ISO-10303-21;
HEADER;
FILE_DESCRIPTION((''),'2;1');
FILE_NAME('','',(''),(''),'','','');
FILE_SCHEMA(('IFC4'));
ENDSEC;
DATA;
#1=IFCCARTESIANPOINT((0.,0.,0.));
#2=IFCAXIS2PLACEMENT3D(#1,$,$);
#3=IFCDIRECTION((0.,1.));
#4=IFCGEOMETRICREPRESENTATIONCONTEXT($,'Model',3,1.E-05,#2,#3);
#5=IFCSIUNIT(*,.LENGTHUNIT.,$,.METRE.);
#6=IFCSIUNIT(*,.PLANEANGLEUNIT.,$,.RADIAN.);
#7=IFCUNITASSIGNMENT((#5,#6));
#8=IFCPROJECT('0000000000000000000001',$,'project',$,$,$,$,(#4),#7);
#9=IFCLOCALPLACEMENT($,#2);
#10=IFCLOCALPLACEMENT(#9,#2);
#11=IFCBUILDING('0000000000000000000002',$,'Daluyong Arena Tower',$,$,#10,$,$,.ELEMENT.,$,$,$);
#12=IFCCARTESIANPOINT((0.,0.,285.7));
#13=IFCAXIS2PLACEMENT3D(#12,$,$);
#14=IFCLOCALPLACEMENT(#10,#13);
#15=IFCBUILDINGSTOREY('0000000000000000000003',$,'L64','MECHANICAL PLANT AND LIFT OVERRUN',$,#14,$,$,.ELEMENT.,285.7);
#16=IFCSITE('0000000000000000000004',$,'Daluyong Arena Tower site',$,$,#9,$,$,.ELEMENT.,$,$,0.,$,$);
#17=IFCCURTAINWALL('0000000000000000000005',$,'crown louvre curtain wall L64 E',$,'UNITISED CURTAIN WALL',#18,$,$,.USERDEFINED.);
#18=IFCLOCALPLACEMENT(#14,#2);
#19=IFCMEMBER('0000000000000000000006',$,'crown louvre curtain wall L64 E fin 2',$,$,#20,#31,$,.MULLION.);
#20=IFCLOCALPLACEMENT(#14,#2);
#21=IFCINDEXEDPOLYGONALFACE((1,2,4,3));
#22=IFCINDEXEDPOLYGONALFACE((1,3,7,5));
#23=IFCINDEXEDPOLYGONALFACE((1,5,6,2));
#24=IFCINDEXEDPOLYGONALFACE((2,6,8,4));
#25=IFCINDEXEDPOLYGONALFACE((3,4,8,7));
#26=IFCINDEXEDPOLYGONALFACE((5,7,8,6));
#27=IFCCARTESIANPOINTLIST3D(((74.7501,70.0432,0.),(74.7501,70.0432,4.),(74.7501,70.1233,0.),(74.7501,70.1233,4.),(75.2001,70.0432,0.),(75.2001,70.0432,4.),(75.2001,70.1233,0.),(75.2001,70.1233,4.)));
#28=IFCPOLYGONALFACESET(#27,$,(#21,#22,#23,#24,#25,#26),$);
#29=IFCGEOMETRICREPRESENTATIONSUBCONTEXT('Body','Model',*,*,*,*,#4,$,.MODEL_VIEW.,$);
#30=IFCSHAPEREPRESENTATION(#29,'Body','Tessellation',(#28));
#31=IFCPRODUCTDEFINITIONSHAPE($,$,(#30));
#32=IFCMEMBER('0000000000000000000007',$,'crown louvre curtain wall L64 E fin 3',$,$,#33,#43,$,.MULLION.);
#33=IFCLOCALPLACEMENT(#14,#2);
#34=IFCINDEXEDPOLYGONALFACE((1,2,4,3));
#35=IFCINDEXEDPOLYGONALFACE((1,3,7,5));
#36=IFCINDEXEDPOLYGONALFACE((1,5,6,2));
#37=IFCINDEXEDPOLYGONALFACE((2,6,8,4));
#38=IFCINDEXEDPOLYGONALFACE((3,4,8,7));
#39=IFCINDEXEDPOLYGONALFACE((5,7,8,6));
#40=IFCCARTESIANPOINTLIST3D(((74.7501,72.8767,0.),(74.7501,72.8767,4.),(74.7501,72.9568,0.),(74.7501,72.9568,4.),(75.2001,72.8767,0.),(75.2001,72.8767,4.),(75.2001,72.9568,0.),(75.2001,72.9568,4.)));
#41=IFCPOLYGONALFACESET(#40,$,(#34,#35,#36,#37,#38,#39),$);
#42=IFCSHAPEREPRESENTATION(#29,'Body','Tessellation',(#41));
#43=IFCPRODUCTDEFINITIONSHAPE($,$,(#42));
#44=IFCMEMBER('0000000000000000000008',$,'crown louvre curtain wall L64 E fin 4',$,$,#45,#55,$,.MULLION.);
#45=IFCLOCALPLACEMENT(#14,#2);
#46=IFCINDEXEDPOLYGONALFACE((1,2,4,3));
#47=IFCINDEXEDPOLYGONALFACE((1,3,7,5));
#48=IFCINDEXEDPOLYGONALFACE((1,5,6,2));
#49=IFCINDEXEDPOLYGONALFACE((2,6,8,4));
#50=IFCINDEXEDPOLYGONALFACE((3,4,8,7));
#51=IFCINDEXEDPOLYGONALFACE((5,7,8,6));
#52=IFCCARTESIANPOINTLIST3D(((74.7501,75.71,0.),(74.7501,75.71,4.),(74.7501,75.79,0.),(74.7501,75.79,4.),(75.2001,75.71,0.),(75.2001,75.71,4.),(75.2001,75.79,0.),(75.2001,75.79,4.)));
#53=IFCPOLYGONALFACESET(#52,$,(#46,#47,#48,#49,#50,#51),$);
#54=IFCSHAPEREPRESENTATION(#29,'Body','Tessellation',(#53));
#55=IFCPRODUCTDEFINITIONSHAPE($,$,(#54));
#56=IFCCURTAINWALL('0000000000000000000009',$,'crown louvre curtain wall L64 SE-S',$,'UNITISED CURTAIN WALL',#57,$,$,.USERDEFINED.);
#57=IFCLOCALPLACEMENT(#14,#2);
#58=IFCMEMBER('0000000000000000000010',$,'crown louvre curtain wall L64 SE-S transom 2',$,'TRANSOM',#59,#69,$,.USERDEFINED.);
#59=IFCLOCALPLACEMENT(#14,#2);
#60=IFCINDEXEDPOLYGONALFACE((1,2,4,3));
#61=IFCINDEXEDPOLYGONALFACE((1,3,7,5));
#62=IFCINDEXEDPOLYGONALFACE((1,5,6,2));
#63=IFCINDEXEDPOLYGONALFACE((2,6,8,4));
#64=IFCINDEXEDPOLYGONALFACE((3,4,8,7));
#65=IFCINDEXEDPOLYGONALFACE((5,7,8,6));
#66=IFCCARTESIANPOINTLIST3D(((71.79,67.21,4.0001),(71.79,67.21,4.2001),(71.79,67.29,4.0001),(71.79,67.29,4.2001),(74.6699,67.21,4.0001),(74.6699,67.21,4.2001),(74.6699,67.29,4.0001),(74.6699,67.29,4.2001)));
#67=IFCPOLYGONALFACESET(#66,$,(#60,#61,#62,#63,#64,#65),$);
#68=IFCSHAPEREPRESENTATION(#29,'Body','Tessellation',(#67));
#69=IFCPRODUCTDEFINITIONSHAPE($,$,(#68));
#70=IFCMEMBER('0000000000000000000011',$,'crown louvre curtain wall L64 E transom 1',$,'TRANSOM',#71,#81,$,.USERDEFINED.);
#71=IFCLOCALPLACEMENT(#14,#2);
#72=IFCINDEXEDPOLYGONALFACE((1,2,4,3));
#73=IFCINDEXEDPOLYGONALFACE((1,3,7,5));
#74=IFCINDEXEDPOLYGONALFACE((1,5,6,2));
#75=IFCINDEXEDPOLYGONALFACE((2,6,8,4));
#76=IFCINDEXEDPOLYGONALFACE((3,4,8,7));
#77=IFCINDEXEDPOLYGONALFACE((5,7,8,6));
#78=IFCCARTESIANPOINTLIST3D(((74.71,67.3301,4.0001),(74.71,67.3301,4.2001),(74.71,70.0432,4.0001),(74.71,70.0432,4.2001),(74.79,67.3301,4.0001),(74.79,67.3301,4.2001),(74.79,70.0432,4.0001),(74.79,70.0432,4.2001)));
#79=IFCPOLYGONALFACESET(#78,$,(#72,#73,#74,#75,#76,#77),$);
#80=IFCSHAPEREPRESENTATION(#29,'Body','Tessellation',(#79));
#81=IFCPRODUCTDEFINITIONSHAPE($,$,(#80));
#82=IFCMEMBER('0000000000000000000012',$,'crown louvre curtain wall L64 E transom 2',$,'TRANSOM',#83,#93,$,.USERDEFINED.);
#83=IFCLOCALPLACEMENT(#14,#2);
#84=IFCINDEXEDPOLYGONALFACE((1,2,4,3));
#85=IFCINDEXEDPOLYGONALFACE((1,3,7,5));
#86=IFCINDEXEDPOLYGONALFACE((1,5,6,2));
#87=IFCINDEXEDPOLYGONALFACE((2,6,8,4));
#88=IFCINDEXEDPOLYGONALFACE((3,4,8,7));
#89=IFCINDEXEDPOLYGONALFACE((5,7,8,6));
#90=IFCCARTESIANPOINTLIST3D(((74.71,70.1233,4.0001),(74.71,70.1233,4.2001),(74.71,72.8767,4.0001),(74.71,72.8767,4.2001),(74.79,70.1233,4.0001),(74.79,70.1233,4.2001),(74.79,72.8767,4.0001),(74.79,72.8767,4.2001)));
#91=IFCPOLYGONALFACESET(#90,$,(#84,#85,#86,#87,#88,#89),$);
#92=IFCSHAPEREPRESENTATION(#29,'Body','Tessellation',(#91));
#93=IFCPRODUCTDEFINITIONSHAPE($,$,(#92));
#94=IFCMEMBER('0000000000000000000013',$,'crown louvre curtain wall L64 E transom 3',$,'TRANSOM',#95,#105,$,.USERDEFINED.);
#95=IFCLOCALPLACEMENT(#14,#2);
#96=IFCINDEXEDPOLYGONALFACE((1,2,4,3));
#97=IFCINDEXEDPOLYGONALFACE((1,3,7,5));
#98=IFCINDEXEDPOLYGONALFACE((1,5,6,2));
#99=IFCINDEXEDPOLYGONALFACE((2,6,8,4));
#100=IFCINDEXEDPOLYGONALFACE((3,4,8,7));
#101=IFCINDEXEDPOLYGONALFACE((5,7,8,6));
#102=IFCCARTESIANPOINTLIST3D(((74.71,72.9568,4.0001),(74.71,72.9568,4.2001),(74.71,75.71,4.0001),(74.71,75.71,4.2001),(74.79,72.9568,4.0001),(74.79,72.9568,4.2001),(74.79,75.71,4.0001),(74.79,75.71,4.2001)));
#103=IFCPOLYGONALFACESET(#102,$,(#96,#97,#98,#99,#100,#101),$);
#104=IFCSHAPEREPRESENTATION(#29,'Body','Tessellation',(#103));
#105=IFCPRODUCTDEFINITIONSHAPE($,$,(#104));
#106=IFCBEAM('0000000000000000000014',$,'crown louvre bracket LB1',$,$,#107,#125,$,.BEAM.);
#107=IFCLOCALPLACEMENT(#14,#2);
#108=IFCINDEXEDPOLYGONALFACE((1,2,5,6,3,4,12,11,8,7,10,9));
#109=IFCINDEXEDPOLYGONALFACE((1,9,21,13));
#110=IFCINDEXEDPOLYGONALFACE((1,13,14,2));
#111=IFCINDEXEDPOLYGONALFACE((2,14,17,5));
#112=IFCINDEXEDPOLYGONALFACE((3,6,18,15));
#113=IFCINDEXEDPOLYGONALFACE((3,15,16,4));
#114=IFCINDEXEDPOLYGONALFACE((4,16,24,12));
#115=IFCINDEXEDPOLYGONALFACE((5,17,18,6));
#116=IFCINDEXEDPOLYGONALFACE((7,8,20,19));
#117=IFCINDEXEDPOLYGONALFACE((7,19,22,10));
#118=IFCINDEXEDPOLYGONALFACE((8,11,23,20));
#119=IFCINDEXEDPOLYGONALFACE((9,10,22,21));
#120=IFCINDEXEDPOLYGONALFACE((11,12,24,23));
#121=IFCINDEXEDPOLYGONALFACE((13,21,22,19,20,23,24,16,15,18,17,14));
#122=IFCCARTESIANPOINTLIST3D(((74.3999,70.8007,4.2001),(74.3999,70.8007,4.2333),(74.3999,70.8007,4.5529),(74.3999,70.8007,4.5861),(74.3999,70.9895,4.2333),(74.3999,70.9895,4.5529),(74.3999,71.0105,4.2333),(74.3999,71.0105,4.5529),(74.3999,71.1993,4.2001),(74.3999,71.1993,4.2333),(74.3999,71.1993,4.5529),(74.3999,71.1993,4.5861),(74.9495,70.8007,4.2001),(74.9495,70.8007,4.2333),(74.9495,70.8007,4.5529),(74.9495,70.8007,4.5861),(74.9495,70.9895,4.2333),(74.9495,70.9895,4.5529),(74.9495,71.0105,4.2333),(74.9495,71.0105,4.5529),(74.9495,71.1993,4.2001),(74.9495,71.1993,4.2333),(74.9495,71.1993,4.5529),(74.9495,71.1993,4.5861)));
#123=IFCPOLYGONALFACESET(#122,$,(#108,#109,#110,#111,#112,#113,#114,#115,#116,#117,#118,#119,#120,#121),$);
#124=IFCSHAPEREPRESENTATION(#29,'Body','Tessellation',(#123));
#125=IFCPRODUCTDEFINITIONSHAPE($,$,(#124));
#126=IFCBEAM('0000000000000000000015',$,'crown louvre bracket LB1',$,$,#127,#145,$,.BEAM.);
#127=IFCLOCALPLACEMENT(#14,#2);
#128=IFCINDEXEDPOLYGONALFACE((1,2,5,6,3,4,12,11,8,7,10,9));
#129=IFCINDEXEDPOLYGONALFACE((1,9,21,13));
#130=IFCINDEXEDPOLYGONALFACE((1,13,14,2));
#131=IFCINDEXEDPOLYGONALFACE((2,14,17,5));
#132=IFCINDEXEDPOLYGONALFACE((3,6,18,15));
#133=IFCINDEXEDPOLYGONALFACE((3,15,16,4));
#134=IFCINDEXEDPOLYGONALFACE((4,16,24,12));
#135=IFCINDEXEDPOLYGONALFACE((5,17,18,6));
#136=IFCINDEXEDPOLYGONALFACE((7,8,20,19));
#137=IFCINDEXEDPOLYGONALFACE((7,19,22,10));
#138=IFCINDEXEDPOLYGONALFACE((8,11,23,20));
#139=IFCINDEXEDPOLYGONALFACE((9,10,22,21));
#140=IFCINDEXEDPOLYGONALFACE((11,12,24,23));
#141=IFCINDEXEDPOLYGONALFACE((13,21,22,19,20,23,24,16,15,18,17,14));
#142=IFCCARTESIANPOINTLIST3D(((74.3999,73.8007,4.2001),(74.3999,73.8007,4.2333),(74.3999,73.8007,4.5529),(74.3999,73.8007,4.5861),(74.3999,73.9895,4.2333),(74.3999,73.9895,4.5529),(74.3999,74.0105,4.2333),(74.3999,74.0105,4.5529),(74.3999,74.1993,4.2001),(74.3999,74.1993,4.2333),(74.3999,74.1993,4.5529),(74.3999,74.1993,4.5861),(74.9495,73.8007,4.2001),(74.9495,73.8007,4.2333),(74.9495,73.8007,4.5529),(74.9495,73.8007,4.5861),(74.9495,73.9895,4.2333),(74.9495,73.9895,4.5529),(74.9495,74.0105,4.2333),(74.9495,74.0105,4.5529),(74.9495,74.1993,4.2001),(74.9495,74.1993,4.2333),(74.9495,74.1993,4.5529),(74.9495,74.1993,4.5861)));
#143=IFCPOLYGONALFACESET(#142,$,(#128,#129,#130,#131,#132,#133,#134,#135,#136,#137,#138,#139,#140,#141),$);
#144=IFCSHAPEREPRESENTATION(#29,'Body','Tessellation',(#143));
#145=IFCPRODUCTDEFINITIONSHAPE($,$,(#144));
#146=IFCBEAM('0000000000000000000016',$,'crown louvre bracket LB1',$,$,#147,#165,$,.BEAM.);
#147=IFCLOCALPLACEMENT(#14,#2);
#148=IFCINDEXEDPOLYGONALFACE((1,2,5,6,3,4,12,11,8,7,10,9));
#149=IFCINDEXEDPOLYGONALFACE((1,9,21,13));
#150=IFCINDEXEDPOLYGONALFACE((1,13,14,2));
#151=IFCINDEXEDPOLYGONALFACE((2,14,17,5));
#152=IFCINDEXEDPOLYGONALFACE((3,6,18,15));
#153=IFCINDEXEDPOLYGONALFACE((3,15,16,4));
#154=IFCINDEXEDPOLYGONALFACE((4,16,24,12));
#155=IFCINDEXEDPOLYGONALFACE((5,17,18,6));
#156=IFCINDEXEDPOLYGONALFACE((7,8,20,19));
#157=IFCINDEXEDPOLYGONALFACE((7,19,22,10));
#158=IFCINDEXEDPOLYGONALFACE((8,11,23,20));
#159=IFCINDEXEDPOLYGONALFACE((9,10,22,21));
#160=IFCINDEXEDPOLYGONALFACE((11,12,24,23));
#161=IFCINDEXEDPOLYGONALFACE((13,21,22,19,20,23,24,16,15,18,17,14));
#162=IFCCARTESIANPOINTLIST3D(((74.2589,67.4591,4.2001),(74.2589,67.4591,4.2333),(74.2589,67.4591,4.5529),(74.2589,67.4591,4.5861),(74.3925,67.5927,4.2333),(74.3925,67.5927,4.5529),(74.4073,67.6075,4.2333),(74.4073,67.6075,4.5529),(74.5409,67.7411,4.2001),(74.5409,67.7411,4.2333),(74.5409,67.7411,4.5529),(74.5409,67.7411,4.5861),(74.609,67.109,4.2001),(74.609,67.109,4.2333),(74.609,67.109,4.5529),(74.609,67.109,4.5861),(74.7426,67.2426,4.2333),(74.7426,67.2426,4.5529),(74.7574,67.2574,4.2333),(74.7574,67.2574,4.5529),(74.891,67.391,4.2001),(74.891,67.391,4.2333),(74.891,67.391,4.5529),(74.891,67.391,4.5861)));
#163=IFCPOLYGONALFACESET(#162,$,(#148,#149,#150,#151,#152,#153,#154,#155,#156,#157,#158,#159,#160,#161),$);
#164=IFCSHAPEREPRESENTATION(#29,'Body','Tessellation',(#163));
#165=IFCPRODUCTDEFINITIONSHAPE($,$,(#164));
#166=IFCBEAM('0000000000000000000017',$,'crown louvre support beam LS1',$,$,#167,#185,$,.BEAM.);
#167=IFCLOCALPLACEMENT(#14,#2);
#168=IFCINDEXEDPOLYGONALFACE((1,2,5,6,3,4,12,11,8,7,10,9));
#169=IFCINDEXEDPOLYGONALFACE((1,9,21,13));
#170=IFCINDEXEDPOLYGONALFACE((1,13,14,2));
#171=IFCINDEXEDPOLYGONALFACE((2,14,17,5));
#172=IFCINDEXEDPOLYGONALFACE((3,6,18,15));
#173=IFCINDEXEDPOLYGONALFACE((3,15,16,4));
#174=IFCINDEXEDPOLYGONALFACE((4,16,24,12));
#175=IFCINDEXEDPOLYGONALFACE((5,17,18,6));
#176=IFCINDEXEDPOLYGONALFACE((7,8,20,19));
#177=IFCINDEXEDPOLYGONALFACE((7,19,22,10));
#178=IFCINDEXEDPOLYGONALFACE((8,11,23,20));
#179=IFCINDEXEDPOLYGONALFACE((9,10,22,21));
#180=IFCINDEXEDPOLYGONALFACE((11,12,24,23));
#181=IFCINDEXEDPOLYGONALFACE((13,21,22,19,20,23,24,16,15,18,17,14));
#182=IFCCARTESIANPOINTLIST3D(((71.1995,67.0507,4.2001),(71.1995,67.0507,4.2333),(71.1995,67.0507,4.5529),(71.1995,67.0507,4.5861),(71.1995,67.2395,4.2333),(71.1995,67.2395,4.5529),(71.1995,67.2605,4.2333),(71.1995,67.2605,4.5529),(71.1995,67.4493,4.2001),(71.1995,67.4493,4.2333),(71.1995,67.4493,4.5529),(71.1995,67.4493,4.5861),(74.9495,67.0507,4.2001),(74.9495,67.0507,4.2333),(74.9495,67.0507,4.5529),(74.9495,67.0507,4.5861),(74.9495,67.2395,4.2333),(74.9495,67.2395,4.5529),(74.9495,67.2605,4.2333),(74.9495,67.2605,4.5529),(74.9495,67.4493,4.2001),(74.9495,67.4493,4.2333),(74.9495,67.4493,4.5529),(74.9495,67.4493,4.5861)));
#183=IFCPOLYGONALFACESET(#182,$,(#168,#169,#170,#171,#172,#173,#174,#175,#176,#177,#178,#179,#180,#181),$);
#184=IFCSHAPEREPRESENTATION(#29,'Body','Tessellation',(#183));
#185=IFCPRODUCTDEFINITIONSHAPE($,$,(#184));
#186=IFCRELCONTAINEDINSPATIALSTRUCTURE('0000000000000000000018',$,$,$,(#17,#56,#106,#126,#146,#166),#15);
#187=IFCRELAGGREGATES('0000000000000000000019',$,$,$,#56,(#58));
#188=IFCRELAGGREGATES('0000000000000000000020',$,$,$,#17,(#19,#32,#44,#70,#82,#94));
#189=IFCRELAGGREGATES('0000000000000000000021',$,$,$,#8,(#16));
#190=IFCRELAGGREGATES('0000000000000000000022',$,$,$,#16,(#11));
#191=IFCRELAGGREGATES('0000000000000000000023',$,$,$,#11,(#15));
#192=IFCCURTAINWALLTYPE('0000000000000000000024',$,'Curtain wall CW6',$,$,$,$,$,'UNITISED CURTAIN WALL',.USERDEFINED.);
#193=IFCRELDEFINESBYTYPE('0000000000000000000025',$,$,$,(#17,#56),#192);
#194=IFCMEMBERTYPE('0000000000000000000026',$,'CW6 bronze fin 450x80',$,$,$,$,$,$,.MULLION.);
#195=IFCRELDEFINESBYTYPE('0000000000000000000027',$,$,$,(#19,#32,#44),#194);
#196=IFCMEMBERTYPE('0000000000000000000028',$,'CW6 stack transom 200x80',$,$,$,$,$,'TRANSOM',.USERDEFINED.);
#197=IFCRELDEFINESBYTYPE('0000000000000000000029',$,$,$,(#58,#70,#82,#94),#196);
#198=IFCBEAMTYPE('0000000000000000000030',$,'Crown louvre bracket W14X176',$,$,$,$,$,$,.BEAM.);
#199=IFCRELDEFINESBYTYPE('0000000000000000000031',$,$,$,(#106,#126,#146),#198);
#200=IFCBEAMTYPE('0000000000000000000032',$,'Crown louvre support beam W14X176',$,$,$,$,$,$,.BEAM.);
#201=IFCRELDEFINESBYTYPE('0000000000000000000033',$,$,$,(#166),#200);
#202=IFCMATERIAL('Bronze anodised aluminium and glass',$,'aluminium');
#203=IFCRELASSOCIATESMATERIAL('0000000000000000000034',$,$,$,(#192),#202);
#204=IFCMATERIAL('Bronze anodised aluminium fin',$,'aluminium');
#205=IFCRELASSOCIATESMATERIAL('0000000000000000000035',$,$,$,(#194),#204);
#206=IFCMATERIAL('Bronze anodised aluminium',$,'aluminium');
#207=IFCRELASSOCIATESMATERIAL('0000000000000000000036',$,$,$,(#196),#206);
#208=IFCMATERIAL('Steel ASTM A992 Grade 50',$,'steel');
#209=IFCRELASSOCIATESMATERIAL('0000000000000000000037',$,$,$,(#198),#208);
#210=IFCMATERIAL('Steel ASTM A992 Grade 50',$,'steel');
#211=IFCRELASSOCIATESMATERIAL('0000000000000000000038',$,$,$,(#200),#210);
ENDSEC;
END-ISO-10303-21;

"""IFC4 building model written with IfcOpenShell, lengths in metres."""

from ifc_helpers import new_model, si_unit, direction, frame, origin, origin_2d, place, context, subcontext, project, spatial, rectangle, i_section, extrude, material, material_profile, profile_set, type_object, element, aggregate, save


model = new_model("IFC4")

# Units and contexts
model_context = context("Model", 3, precision=1e-05, world=origin(), true_north=direction((0.0, 1.0)))
body_context = subcontext(model_context, "Body", "Model", "MODEL_VIEW")
ifc_project = project(units=[si_unit("LENGTHUNIT", "METRE"), si_unit("PLANEANGLEUNIT", "RADIAN")], contexts=[model_context])

# Site, building, storey
site_placement = place(None, origin())
site = spatial("IfcSite", under=ifc_project, at=site_placement, Name="Daluyong Arena Tower site", CompositionType="ELEMENT", RefElevation=0.0)
building_placement = place(site_placement, origin())
building = spatial("IfcBuilding", under=site, at=building_placement, Name="Daluyong Arena Tower", CompositionType="ELEMENT")
storey_placement = place(building_placement, frame((0.0, 0.0, 285.7)))
storey = spatial("IfcBuildingStorey", under=building, at=storey_placement, Name="L64", Description="MECHANICAL PLANT AND LIFT OVERRUN", CompositionType="ELEMENT", Elevation=285.7)

# Curtain wall, members
ifc_material_1 = material(Name="Bronze anodised aluminium and glass", Category="aluminium")
curtain_wall_type = type_object("IfcCurtainWallType", Name="Curtain wall CW6", ElementType="UNITISED CURTAIN WALL", PredefinedType="USERDEFINED", material=ifc_material_1)
curtain_wall_1_placement = place(storey_placement, origin())
curtain_wall_1 = element("IfcCurtainWall", 1, at=curtain_wall_1_placement, inside=storey, type_object=curtain_wall_type, Name="crown louvre curtain wall L64 E", ObjectType="UNITISED CURTAIN WALL", PredefinedType="USERDEFINED")
ifc_material_2 = material(Name="Bronze anodised aluminium fin", Category="aluminium")
ifc_material_profile_1 = material_profile(ifc_material_2, rectangle(XDim=0.45, YDim=0.0801, at=origin_2d()))
ifc_profile_set_1 = profile_set([ifc_material_profile_1], Name="Bronze anodised aluminium fin")
member_type_1 = type_object("IfcMemberType", Name="CW6 bronze fin 450x80", PredefinedType="MULLION", material=ifc_profile_set_1)
member_1_placement = place(storey_placement, frame((74.9751, 70.0833, 0.0), z_axis=(0.0, 0.0, 1.0), x_axis=(-1.0, 0.0, 0.0)))
member_1 = element("IfcMember", 2, at=member_1_placement, type_object=member_type_1, Name="crown louvre curtain wall L64 E fin 2", PredefinedType="MULLION", context=body_context, shape_type="SweptSolid", body=[
    extrude(rectangle(XDim=0.45, YDim=0.0801, at=origin_2d()), origin(), (0.0, 0.0, 1.0), 4.0),
])
member_2_placement = place(storey_placement, frame((74.9751, 72.9167, 0.0), z_axis=(0.0, 0.0, 1.0), x_axis=(-1.0, 0.0, 0.0)))
member_2 = element("IfcMember", 3, at=member_2_placement, type_object=member_type_1, Name="crown louvre curtain wall L64 E fin 3", PredefinedType="MULLION", context=body_context, shape_type="SweptSolid", body=[
    extrude(rectangle(XDim=0.45, YDim=0.0801, at=origin_2d()), origin(), (0.0, 0.0, 1.0), 4.0),
])
member_3_placement = place(storey_placement, frame((74.9751, 75.75, 0.0), z_axis=(0.0, 0.0, 1.0), x_axis=(-1.0, 0.0, 0.0)))
member_3 = element("IfcMember", 4, at=member_3_placement, type_object=member_type_1, Name="crown louvre curtain wall L64 E fin 4", PredefinedType="MULLION", context=body_context, shape_type="SweptSolid", body=[
    extrude(rectangle(XDim=0.45, YDim=0.0801, at=origin_2d()), origin(), (0.0, 0.0, 1.0), 4.0),
])

# Curtain wall, member
curtain_wall_2_placement = place(storey_placement, origin())
curtain_wall_2 = element("IfcCurtainWall", 5, at=curtain_wall_2_placement, inside=storey, type_object=curtain_wall_type, Name="crown louvre curtain wall L64 SE-S", ObjectType="UNITISED CURTAIN WALL", PredefinedType="USERDEFINED")
ifc_material_3 = material(Name="Bronze anodised aluminium", Category="aluminium")
ifc_material_profile_2 = material_profile(ifc_material_3, rectangle(XDim=0.0801, YDim=0.2, at=origin_2d()))
ifc_profile_set_2 = profile_set([ifc_material_profile_2], Name="Bronze anodised aluminium")
member_type_2 = type_object("IfcMemberType", Name="CW6 stack transom 200x80", ElementType="TRANSOM", PredefinedType="USERDEFINED", material=ifc_profile_set_2)
member_4_placement = place(storey_placement, frame((71.79, 67.25, 4.1001), z_axis=(1.0, 0.0, 0.0), x_axis=(0.0, 1.0, 0.0)))
member_4 = element("IfcMember", 6, at=member_4_placement, type_object=member_type_2, Name="crown louvre curtain wall L64 SE-S transom 2", ObjectType="TRANSOM", PredefinedType="USERDEFINED", context=body_context, shape_type="SweptSolid", body=[
    extrude(rectangle(XDim=0.0801, YDim=0.2, at=origin_2d()), origin(), (0.0, 0.0, 1.0), 2.8799),
])
aggregate(curtain_wall_2, [member_4])

# Members
member_5_placement = place(storey_placement, frame((74.75, 67.3301, 4.1001), z_axis=(0.0, 1.0, 0.0), x_axis=(-1.0, 0.0, 0.0)))
member_5 = element("IfcMember", 7, at=member_5_placement, type_object=member_type_2, Name="crown louvre curtain wall L64 E transom 1", ObjectType="TRANSOM", PredefinedType="USERDEFINED", context=body_context, shape_type="SweptSolid", body=[
    extrude(rectangle(XDim=0.0801, YDim=0.2, at=origin_2d()), origin(), (0.0, 0.0, 1.0), 2.7131),
])
member_6_placement = place(storey_placement, frame((74.75, 70.1233, 4.1001), z_axis=(0.0, 1.0, 0.0), x_axis=(-1.0, 0.0, 0.0)))
member_6 = element("IfcMember", 8, at=member_6_placement, type_object=member_type_2, Name="crown louvre curtain wall L64 E transom 2", ObjectType="TRANSOM", PredefinedType="USERDEFINED", context=body_context, shape_type="SweptSolid", body=[
    extrude(rectangle(XDim=0.0801, YDim=0.2, at=origin_2d()), origin(), (0.0, 0.0, 1.0), 2.7534),
])
member_7_placement = place(storey_placement, frame((74.75, 72.9568, 4.1001), z_axis=(0.0, 1.0, 0.0), x_axis=(-1.0, 0.0, 0.0)))
member_7 = element("IfcMember", 9, at=member_7_placement, type_object=member_type_2, Name="crown louvre curtain wall L64 E transom 3", ObjectType="TRANSOM", PredefinedType="USERDEFINED", context=body_context, shape_type="SweptSolid", body=[
    extrude(rectangle(XDim=0.0801, YDim=0.2, at=origin_2d()), origin(), (0.0, 0.0, 1.0), 2.7532),
])
aggregate(curtain_wall_1, [member_1, member_2, member_3, member_5, member_6, member_7])

# Beams
ifc_material_4 = material(Name="Steel ASTM A992 Grade 50", Category="steel")
ifc_material_profile_3 = material_profile(ifc_material_4, i_section(OverallWidth=0.3987, OverallDepth=0.386, WebThickness=0.021, FlangeThickness=0.0332, at=origin_2d()))
ifc_profile_set_3 = profile_set([ifc_material_profile_3], Name="Steel ASTM A992 Grade 50")
beam_type_1 = type_object("IfcBeamType", Name="Crown louvre bracket W14X176", PredefinedType="BEAM", material=ifc_profile_set_3)
for number, where, z_axis, x_axis, name in (
    (10, (74.3999, 71.0, 4.3931), (1.0, 0.0, 0.0), (0.0, 1.0, 0.0), "crown louvre bracket LB1"),
    (11, (74.3999, 74.0, 4.3931), (1.0, 0.0, 0.0), (0.0, 1.0, 0.0), "crown louvre bracket LB1"),
):
    element("IfcBeam", number, at=place(storey_placement, frame(where, z_axis=z_axis, x_axis=x_axis)), inside=storey, type_object=beam_type_1, Name=name, PredefinedType="BEAM", context=body_context, shape_type="SweptSolid", body=[
        extrude(i_section(OverallWidth=0.3987, OverallDepth=0.386, WebThickness=0.021, FlangeThickness=0.0332, at=origin_2d()), origin(), (0.0, 0.0, 1.0), 0.5496),
    ])
beam_1_placement = place(storey_placement, frame((74.3999, 67.6001, 4.3931), z_axis=(0.707107, -0.707107, 0.0), x_axis=(0.707107, 0.707107, 0.0)))
element("IfcBeam", 12, at=beam_1_placement, inside=storey, type_object=beam_type_1, Name="crown louvre bracket LB1", PredefinedType="BEAM", context=body_context, shape_type="SweptSolid", body=[
    extrude(i_section(OverallWidth=0.3987, OverallDepth=0.386, WebThickness=0.021, FlangeThickness=0.0332, at=origin_2d()), origin(), (0.0, 0.0, 1.0), 0.4951),
])
ifc_material_5 = material(Name="Steel ASTM A992 Grade 50", Category="steel")
ifc_material_profile_4 = material_profile(ifc_material_5, i_section(OverallWidth=0.3987, OverallDepth=0.386, WebThickness=0.021, FlangeThickness=0.0332, at=origin_2d()))
ifc_profile_set_4 = profile_set([ifc_material_profile_4], Name="Steel ASTM A992 Grade 50")
beam_type_2 = type_object("IfcBeamType", Name="Crown louvre support beam W14X176", PredefinedType="BEAM", material=ifc_profile_set_4)
beam_2_placement = place(storey_placement, frame((71.1995, 67.25, 4.3931), z_axis=(1.0, 0.0, 0.0), x_axis=(0.0, 1.0, 0.0)))
element("IfcBeam", 13, at=beam_2_placement, inside=storey, type_object=beam_type_2, Name="crown louvre support beam LS1", PredefinedType="BEAM", context=body_context, shape_type="SweptSolid", body=[
    extrude(i_section(OverallWidth=0.3987, OverallDepth=0.386, WebThickness=0.021, FlangeThickness=0.0332, at=origin_2d()), origin(), (0.0, 0.0, 1.0), 3.75),
])

save(model, "model.ifc")
